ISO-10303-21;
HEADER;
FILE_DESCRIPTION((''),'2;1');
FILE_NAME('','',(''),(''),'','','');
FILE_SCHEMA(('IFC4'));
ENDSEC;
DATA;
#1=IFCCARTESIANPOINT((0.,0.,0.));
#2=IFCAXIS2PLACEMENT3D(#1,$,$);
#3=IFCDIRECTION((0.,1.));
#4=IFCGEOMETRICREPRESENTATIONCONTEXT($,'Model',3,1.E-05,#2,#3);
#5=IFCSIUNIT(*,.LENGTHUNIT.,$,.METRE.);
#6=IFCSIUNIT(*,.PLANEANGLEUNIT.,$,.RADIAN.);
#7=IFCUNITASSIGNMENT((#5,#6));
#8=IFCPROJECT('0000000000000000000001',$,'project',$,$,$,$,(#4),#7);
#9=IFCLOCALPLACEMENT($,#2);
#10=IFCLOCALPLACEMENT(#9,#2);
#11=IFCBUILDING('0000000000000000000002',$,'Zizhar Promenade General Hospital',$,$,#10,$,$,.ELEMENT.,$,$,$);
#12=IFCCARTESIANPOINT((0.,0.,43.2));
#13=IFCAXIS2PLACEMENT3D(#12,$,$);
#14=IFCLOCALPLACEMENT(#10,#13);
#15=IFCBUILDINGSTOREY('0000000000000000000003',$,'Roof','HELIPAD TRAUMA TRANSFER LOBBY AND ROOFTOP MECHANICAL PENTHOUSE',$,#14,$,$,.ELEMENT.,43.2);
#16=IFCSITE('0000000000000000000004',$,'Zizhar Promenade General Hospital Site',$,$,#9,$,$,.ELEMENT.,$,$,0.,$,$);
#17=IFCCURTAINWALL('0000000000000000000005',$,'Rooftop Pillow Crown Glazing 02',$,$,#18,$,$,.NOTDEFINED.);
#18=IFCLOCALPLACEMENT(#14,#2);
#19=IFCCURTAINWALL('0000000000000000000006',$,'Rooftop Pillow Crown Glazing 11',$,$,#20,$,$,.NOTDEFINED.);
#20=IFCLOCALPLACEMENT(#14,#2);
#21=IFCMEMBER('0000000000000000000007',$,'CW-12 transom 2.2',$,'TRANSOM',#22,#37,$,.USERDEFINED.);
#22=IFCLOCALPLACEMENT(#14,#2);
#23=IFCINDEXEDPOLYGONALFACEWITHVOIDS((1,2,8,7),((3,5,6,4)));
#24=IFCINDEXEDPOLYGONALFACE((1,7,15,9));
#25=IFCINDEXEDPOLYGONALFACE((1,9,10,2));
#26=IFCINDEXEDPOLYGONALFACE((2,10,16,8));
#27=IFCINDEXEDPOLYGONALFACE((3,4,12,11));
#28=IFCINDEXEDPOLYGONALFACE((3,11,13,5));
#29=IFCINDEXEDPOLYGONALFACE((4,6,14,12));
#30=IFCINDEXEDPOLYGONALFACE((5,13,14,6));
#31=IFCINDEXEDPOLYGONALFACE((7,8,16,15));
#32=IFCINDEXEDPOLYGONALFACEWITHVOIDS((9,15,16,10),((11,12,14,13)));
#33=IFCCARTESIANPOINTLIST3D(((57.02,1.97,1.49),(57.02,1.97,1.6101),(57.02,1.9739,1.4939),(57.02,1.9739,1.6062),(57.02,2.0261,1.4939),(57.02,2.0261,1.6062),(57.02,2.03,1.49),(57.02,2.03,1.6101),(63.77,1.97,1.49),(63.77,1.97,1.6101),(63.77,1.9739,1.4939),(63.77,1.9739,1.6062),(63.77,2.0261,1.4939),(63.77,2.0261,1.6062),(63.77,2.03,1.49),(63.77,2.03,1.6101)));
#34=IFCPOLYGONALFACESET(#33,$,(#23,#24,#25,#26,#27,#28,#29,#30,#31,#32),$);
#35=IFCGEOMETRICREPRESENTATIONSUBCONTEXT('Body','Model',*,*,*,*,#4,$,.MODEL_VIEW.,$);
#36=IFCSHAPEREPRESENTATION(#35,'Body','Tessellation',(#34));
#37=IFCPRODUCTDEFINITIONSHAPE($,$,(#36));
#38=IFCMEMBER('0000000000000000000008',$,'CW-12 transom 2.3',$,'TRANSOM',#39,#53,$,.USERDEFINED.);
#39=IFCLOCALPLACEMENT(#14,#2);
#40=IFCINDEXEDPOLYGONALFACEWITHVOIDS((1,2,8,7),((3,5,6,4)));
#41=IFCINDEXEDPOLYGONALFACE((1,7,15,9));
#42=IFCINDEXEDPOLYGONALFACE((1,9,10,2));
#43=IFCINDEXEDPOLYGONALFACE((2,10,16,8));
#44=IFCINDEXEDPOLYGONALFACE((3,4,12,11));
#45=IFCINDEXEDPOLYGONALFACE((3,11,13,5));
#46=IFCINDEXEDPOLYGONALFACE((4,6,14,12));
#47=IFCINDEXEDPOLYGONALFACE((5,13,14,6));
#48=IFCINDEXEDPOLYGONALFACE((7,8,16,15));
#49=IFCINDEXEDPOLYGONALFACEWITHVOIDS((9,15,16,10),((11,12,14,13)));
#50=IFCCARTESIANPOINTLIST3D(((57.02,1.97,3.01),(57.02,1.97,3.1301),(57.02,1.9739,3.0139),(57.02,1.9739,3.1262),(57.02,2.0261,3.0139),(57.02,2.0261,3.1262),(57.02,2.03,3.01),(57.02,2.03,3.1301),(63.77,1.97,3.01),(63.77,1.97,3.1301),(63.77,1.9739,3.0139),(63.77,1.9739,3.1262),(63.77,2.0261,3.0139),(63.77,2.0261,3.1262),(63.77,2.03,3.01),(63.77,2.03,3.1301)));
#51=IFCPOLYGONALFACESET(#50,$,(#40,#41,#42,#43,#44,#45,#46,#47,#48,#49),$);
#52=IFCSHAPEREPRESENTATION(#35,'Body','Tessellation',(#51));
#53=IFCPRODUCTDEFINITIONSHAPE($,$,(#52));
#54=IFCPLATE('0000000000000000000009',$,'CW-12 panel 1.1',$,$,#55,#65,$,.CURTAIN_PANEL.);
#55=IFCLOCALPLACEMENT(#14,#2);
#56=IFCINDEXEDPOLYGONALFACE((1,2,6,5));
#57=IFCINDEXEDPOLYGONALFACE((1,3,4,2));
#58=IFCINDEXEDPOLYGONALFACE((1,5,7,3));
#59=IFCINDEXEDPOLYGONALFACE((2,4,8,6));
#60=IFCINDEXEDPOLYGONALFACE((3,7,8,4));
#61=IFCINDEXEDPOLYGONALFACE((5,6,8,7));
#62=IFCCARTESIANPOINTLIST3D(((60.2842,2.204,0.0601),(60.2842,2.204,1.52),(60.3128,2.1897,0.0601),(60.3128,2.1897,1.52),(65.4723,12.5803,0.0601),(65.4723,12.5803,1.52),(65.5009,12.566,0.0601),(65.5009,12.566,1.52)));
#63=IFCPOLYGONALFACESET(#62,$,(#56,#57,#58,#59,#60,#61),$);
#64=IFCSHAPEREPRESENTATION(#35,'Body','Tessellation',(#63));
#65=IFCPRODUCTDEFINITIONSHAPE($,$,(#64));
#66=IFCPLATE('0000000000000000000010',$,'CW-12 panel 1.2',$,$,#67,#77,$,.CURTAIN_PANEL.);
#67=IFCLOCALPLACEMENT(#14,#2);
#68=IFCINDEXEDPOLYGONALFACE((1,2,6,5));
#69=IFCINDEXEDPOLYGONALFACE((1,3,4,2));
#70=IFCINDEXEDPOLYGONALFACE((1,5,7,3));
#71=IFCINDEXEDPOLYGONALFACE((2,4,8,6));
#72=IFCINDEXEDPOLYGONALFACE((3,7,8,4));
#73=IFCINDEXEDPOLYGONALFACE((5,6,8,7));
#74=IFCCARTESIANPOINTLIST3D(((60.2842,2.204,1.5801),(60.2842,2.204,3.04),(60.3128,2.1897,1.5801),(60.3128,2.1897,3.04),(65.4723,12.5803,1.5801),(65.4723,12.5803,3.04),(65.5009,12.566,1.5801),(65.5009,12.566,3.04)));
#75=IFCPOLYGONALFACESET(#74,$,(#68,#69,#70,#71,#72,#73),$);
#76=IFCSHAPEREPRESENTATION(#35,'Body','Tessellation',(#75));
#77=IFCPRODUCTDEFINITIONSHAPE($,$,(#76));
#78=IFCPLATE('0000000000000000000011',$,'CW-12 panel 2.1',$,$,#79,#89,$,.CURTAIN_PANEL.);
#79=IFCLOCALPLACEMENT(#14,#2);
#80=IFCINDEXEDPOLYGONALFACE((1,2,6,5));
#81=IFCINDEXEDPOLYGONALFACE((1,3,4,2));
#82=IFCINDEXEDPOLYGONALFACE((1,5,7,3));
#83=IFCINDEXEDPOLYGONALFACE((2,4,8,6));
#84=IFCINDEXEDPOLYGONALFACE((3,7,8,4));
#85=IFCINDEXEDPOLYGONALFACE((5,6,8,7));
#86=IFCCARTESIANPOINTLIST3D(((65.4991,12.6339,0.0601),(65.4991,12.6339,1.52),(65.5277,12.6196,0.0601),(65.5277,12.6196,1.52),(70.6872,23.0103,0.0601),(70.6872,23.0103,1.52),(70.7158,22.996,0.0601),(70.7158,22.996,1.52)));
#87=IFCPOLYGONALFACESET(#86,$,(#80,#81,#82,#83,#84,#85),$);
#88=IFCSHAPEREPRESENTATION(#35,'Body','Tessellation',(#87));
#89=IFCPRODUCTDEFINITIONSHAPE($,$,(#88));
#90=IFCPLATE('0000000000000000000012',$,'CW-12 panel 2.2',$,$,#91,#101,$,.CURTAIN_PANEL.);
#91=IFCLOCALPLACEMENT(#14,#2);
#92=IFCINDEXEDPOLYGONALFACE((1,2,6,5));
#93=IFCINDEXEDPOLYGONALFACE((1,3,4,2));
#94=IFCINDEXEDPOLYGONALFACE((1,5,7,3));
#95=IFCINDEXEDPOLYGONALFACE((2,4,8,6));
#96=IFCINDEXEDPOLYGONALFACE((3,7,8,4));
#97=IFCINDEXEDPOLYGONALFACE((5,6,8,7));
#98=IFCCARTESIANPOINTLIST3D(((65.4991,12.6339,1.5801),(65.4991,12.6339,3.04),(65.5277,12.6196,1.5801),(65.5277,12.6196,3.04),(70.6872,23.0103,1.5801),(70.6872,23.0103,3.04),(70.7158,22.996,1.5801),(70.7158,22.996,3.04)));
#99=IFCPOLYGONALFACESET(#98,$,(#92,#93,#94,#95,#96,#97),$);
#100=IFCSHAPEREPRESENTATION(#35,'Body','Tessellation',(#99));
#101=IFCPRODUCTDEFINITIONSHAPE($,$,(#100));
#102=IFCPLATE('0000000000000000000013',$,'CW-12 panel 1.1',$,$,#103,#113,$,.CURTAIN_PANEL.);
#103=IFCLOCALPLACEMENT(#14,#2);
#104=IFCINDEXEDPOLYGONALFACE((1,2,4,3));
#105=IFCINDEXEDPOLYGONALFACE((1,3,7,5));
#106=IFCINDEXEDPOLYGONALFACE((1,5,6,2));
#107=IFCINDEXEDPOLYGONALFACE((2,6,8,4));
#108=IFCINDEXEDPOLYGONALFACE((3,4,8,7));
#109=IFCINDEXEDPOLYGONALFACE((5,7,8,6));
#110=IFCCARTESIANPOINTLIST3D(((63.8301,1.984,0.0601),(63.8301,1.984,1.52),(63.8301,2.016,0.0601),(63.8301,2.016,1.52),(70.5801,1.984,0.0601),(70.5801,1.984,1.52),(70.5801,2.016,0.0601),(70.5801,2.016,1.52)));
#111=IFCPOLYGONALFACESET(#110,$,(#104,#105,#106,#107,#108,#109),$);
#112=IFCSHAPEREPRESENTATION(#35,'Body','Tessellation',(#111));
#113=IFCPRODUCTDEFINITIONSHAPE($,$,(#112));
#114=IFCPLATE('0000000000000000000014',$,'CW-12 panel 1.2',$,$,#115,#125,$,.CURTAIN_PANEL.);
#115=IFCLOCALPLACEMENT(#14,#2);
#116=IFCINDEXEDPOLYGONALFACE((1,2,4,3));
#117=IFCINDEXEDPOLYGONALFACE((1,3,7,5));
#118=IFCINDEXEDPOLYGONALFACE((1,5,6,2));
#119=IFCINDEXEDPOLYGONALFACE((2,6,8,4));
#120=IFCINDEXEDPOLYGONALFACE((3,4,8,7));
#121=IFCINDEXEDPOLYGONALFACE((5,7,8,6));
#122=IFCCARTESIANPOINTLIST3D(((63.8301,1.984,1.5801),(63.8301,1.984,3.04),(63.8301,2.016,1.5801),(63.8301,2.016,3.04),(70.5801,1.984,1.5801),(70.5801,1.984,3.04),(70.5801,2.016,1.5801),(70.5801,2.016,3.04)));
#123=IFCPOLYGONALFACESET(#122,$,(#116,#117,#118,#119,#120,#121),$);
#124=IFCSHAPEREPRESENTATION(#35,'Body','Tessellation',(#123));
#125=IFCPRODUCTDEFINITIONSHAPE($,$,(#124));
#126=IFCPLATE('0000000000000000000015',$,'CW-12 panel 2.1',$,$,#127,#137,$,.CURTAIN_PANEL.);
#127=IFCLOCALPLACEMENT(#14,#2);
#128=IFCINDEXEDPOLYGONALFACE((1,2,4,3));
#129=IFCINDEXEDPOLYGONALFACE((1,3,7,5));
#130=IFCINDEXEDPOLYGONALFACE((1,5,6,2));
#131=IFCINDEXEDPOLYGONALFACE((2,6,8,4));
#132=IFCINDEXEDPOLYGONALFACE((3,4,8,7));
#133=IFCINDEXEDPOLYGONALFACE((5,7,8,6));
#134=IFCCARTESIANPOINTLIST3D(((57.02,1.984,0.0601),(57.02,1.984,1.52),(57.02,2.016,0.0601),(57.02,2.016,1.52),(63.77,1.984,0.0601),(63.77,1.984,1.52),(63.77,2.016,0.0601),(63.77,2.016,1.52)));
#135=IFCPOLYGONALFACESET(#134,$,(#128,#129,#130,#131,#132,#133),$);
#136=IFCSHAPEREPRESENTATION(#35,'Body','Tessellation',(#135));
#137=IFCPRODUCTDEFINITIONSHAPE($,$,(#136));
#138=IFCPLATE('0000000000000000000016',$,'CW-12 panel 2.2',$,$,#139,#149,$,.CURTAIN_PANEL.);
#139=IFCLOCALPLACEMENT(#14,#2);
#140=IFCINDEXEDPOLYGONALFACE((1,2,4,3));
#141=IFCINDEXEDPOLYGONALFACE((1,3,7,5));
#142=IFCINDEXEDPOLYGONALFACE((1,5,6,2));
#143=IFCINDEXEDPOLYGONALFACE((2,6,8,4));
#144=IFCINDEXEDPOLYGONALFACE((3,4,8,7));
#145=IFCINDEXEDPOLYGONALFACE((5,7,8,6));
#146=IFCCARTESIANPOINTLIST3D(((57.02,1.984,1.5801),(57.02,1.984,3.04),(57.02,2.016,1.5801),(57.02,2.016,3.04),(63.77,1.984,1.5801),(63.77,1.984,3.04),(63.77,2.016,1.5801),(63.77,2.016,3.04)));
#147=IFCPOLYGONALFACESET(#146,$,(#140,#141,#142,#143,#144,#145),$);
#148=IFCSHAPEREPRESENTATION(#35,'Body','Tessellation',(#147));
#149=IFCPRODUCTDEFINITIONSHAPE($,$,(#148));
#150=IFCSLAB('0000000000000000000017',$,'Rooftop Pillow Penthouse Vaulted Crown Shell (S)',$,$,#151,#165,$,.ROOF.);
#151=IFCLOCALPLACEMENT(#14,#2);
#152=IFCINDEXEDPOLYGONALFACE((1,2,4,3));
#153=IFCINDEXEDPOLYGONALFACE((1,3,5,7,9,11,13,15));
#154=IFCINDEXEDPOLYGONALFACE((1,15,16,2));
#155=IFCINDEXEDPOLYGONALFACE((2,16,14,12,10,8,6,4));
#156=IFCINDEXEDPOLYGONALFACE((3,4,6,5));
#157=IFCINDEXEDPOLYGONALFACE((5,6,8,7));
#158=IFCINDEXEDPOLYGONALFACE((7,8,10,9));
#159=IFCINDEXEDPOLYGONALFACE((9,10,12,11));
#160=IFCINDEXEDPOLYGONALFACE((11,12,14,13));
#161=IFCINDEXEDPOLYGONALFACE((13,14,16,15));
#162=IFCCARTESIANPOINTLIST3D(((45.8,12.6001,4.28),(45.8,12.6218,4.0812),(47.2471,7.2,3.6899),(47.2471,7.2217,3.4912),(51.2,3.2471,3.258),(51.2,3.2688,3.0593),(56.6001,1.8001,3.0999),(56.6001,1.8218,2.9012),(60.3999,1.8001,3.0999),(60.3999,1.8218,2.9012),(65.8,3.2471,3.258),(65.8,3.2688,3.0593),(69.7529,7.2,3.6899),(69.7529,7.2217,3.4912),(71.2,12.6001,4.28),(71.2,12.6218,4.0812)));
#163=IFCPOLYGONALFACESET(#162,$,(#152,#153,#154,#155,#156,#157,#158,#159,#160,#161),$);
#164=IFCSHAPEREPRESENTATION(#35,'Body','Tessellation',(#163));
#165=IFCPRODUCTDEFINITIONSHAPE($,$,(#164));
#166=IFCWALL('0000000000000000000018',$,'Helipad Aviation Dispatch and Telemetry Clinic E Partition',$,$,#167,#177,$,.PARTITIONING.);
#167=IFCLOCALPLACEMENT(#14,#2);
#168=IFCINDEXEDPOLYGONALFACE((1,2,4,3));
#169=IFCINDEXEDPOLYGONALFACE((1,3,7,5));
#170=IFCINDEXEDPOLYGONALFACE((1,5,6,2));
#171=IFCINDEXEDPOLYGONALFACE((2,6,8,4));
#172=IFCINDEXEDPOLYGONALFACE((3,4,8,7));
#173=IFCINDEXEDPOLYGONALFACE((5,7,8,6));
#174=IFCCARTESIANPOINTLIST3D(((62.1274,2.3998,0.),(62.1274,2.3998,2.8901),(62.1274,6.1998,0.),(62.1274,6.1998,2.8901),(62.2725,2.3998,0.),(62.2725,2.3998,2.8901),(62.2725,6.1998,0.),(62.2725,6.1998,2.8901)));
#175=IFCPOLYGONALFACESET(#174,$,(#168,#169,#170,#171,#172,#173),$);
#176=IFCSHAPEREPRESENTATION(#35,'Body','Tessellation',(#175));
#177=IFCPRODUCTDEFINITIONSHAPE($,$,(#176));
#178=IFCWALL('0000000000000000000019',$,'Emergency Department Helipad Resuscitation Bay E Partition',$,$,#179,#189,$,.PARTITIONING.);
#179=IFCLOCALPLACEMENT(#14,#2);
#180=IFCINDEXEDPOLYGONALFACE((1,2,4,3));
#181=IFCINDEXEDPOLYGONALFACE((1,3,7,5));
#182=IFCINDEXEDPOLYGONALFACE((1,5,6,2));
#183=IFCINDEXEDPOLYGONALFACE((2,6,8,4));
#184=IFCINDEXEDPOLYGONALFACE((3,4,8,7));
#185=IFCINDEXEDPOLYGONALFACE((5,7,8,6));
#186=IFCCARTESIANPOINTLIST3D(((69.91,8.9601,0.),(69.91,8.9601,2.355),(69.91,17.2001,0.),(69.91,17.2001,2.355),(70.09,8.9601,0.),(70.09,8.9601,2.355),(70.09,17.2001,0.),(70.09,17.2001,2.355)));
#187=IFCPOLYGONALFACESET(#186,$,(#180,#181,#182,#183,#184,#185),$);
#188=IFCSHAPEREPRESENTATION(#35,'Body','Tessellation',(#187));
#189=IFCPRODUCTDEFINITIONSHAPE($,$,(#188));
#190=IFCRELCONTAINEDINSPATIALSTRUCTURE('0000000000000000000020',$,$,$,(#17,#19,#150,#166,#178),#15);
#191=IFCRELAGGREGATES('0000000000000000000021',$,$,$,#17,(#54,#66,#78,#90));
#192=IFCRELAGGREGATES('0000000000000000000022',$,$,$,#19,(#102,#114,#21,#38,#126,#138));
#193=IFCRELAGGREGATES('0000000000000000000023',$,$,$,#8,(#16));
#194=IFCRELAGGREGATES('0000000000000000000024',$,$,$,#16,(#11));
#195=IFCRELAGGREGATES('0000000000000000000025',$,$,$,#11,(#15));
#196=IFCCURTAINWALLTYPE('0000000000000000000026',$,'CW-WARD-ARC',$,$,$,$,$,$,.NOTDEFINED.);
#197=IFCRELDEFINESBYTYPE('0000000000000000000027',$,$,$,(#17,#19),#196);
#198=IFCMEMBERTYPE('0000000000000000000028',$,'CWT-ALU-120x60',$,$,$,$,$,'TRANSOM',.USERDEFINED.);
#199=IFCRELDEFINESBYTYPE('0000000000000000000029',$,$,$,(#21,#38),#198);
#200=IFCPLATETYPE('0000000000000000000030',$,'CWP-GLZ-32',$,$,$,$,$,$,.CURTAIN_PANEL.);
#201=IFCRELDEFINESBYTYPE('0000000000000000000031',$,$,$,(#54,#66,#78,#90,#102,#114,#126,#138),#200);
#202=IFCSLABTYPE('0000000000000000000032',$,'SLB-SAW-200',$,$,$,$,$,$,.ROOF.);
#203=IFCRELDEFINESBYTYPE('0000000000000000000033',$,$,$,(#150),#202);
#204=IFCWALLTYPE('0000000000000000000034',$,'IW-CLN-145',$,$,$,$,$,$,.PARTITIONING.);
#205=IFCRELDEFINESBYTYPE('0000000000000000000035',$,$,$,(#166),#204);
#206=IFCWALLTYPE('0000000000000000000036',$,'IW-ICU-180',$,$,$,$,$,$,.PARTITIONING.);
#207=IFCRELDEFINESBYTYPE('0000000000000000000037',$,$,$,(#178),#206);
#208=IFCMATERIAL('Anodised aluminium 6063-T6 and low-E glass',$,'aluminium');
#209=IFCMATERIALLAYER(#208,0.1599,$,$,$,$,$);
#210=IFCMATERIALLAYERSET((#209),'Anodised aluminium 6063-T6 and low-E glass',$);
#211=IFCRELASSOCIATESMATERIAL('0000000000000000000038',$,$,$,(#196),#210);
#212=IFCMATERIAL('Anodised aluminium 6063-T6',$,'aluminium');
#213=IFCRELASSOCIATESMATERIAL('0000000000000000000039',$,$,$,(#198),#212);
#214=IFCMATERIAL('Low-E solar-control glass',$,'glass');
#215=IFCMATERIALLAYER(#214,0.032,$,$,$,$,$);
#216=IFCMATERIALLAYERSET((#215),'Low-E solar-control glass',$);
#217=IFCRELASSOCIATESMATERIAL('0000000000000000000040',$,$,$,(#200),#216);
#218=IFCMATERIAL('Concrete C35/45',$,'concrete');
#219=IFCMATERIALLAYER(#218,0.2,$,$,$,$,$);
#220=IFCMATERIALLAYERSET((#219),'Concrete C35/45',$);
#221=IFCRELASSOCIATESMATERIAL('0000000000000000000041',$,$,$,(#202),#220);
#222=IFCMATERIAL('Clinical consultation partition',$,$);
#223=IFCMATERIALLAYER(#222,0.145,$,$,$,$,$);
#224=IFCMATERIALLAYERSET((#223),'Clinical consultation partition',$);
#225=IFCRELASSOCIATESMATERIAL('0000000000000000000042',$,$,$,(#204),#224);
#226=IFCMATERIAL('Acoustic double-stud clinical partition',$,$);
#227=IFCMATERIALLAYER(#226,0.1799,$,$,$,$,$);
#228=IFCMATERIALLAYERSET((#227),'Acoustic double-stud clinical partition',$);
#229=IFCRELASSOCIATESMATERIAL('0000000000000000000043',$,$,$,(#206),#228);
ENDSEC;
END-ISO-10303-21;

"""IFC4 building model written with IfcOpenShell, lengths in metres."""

from ifc_helpers import new_model, si_unit, direction, frame, frame_2d, origin, origin_2d, place, context, subcontext, project, spatial, polyline, rectangle, hollow_rectangle, outline, extrude, material, layer, layer_set, material_profile, profile_set, type_object, element, aggregate, save


model = new_model("IFC4")

# Units and contexts
model_context = context("Model", 3, precision=1e-05, world=origin(), true_north=direction((0.0, 1.0)))
body_context = subcontext(model_context, "Body", "Model", "MODEL_VIEW")
ifc_project = project(units=[si_unit("LENGTHUNIT", "METRE"), si_unit("PLANEANGLEUNIT", "RADIAN")], contexts=[model_context])

# Site, building, storey
site_placement = place(None, origin())
site = spatial("IfcSite", under=ifc_project, at=site_placement, Name="Zizhar Promenade General Hospital Site", CompositionType="ELEMENT", RefElevation=0.0)
building_placement = place(site_placement, origin())
building = spatial("IfcBuilding", under=site, at=building_placement, Name="Zizhar Promenade General Hospital", CompositionType="ELEMENT")
storey_placement = place(building_placement, frame((0.0, 0.0, 43.2)))
storey = spatial("IfcBuildingStorey", under=building, at=storey_placement, Name="Roof", Description="HELIPAD TRAUMA TRANSFER LOBBY AND ROOFTOP MECHANICAL PENTHOUSE", CompositionType="ELEMENT", Elevation=43.2)

# Curtain walls
ifc_material_1 = material(Name="Anodised aluminium 6063-T6 and low-E glass", Category="aluminium")
ifc_layer_1 = layer(ifc_material_1, 0.1599)
ifc_layer_set_1 = layer_set([ifc_layer_1], Name="Anodised aluminium 6063-T6 and low-E glass")
curtain_wall_type = type_object("IfcCurtainWallType", Name="CW-WARD-ARC", PredefinedType="NOTDEFINED", material=ifc_layer_set_1)
curtain_wall_1_placement = place(storey_placement, origin())
curtain_wall_1 = element("IfcCurtainWall", 1, at=curtain_wall_1_placement, inside=storey, type_object=curtain_wall_type, Name="Rooftop Pillow Crown Glazing 02", PredefinedType="NOTDEFINED")
curtain_wall_2_placement = place(storey_placement, origin())
curtain_wall_2 = element("IfcCurtainWall", 2, at=curtain_wall_2_placement, inside=storey, type_object=curtain_wall_type, Name="Rooftop Pillow Crown Glazing 11", PredefinedType="NOTDEFINED")

# Members
ifc_material_2 = material(Name="Anodised aluminium 6063-T6", Category="aluminium")
ifc_material_profile_1 = material_profile(ifc_material_2, hollow_rectangle(XDim=0.0601, YDim=0.1201, WallThickness=0.0039, at=origin_2d()))
ifc_profile_set_1 = profile_set([ifc_material_profile_1], Name="Anodised aluminium 6063-T6")
member_type_1 = type_object("IfcMemberType", Name="CWT-ALU-120x60", ElementType="TRANSOM", PredefinedType="USERDEFINED", material=ifc_profile_set_1)
member_1_placement = place(storey_placement, frame((63.77, 2.0, 1.55), z_axis=(-1.0, 0.0, 0.0), x_axis=(0.0, -1.0, 0.0)))
member_1 = element("IfcMember", 3, at=member_1_placement, type_object=member_type_1, Name="CW-12 transom 2.2", ObjectType="TRANSOM", PredefinedType="USERDEFINED", context=body_context, shape_type="SweptSolid", body=[
    extrude(hollow_rectangle(XDim=0.0601, YDim=0.1201, WallThickness=0.0039, at=origin_2d()), origin(), (0.0, 0.0, 1.0), 6.75),
])
member_2_placement = place(storey_placement, frame((63.77, 2.0, 3.0701), z_axis=(-1.0, 0.0, 0.0), x_axis=(0.0, -1.0, 0.0)))
member_2 = element("IfcMember", 4, at=member_2_placement, type_object=member_type_1, Name="CW-12 transom 2.3", ObjectType="TRANSOM", PredefinedType="USERDEFINED", context=body_context, shape_type="SweptSolid", body=[
    extrude(hollow_rectangle(XDim=0.0601, YDim=0.1201, WallThickness=0.0039, at=origin_2d()), origin(), (0.0, 0.0, 1.0), 6.75),
])

# Plates
ifc_material_3 = material(Name="Low-E solar-control glass", Category="glass")
ifc_layer_2 = layer(ifc_material_3, 0.032)
ifc_layer_set_2 = layer_set([ifc_layer_2], Name="Low-E solar-control glass")
plate_type = type_object("IfcPlateType", Name="CWP-GLZ-32", PredefinedType="CURTAIN_PANEL", material=ifc_layer_set_2)
plate_1_placement = place(storey_placement, frame((62.8926, 7.385, 0.0601), z_axis=(0.0, 0.0, 1.0), x_axis=(0.44721, 0.894429, 0.0)))
plate_1 = element("IfcPlate", 5, at=plate_1_placement, type_object=plate_type, Name="CW-12 panel 1.1", PredefinedType="CURTAIN_PANEL", context=body_context, shape_type="SweptSolid", body=[
    extrude(rectangle(XDim=11.6011, YDim=0.032, at=origin_2d()), origin(), (0.0, 0.0, 1.0), 1.46),
])
plate_2_placement = place(storey_placement, frame((62.8926, 7.385, 1.5801), z_axis=(0.0, 0.0, 1.0), x_axis=(0.44721, 0.894429, 0.0)))
plate_2 = element("IfcPlate", 6, at=plate_2_placement, type_object=plate_type, Name="CW-12 panel 1.2", PredefinedType="CURTAIN_PANEL", context=body_context, shape_type="SweptSolid", body=[
    extrude(rectangle(XDim=11.6011, YDim=0.032, at=origin_2d()), origin(), (0.0, 0.0, 1.0), 1.46),
])
plate_3_placement = place(storey_placement, frame((68.1074, 17.8149, 0.0601), z_axis=(0.0, 0.0, 1.0), x_axis=(0.44721, 0.894429, 0.0)))
plate_3 = element("IfcPlate", 7, at=plate_3_placement, type_object=plate_type, Name="CW-12 panel 2.1", PredefinedType="CURTAIN_PANEL", context=body_context, shape_type="SweptSolid", body=[
    extrude(rectangle(XDim=11.6011, YDim=0.032, at=origin_2d()), origin(), (0.0, 0.0, 1.0), 1.46),
])
plate_4_placement = place(storey_placement, frame((68.1074, 17.8149, 1.5801), z_axis=(0.0, 0.0, 1.0), x_axis=(0.44721, 0.894429, 0.0)))
plate_4 = element("IfcPlate", 8, at=plate_4_placement, type_object=plate_type, Name="CW-12 panel 2.2", PredefinedType="CURTAIN_PANEL", context=body_context, shape_type="SweptSolid", body=[
    extrude(rectangle(XDim=11.6011, YDim=0.032, at=origin_2d()), origin(), (0.0, 0.0, 1.0), 1.46),
])
aggregate(curtain_wall_1, [plate_1, plate_2, plate_3, plate_4])
plate_5_placement = place(storey_placement, frame((67.2051, 2.0, 0.0601), z_axis=(0.0, 0.0, 1.0), x_axis=(-1.0, 0.0, 0.0)))
plate_5 = element("IfcPlate", 9, at=plate_5_placement, type_object=plate_type, Name="CW-12 panel 1.1", PredefinedType="CURTAIN_PANEL", context=body_context, shape_type="SweptSolid", body=[
    extrude(rectangle(XDim=6.75, YDim=0.032, at=origin_2d()), origin(), (0.0, 0.0, 1.0), 1.46),
])
plate_6_placement = place(storey_placement, frame((67.2051, 2.0, 1.5801), z_axis=(0.0, 0.0, 1.0), x_axis=(-1.0, 0.0, 0.0)))
plate_6 = element("IfcPlate", 10, at=plate_6_placement, type_object=plate_type, Name="CW-12 panel 1.2", PredefinedType="CURTAIN_PANEL", context=body_context, shape_type="SweptSolid", body=[
    extrude(rectangle(XDim=6.75, YDim=0.032, at=origin_2d()), origin(), (0.0, 0.0, 1.0), 1.46),
])
plate_7_placement = place(storey_placement, frame((60.395, 2.0, 0.0601), z_axis=(0.0, 0.0, 1.0), x_axis=(-1.0, 0.0, 0.0)))
plate_7 = element("IfcPlate", 11, at=plate_7_placement, type_object=plate_type, Name="CW-12 panel 2.1", PredefinedType="CURTAIN_PANEL", context=body_context, shape_type="SweptSolid", body=[
    extrude(rectangle(XDim=6.75, YDim=0.032, at=origin_2d()), origin(), (0.0, 0.0, 1.0), 1.46),
])
plate_8_placement = place(storey_placement, frame((60.395, 2.0, 1.5801), z_axis=(0.0, 0.0, 1.0), x_axis=(-1.0, 0.0, 0.0)))
plate_8 = element("IfcPlate", 12, at=plate_8_placement, type_object=plate_type, Name="CW-12 panel 2.2", PredefinedType="CURTAIN_PANEL", context=body_context, shape_type="SweptSolid", body=[
    extrude(rectangle(XDim=6.75, YDim=0.032, at=origin_2d()), origin(), (0.0, 0.0, 1.0), 1.46),
])
aggregate(curtain_wall_2, [plate_5, plate_6, member_1, member_2, plate_7, plate_8])

# Slab
ifc_material_4 = material(Name="Concrete C35/45", Category="concrete")
ifc_layer_3 = layer(ifc_material_4, 0.2)
ifc_layer_set_3 = layer_set([ifc_layer_3], Name="Concrete C35/45")
slab_type = type_object("IfcSlabType", Name="SLB-SAW-200", PredefinedType="ROOF", material=ifc_layer_set_3)
slab_placement = place(storey_placement, frame((69.7529, 7.2, 3.6899), z_axis=(0.0, -0.108614, 0.994084), x_axis=(-0.705006, -0.705006, -0.07703)))
element("IfcSlab", 13, at=slab_placement, inside=storey, type_object=slab_type, Name="Rooftop Pillow Penthouse Vaulted Crown Shell (S)", PredefinedType="ROOF", context=body_context, shape_type="SweptSolid", body=[
    extrude(outline(polyline([(0.0, 0.0), (5.6069, 0.0), (10.4463, -2.8036), (13.1252, -5.4984), (15.9, -10.3544), (15.8668, -15.9612), (13.0343, -20.8172), (-4.8727, -2.8036), (0.0, 0.0)])), origin(), (0.0, 0.0, -1.0), 0.2),
])

# Walls
ifc_material_5 = material(Name="Clinical consultation partition")
ifc_layer_4 = layer(ifc_material_5, 0.145)
ifc_layer_set_4 = layer_set([ifc_layer_4], Name="Clinical consultation partition")
wall_type_1 = type_object("IfcWallType", Name="IW-CLN-145", PredefinedType="PARTITIONING", material=ifc_layer_set_4)
wall_1_placement = place(storey_placement, frame((62.2, 2.3999, 0.0), z_axis=(0.0, 0.0, 1.0), x_axis=(0.0, 1.0, 0.0)))
element("IfcWall", 14, at=wall_1_placement, inside=storey, type_object=wall_type_1, Name="Helipad Aviation Dispatch and Telemetry Clinic E Partition", PredefinedType="PARTITIONING", context=body_context, shape_type="SweptSolid", body=[
    extrude(rectangle(XDim=3.8, YDim=0.145, at=frame_2d((1.8999, 0.0))), origin(), (0.0, 0.0, 1.0), 2.8901),
])
ifc_material_6 = material(Name="Acoustic double-stud clinical partition")
ifc_layer_5 = layer(ifc_material_6, 0.1799)
ifc_layer_set_5 = layer_set([ifc_layer_5], Name="Acoustic double-stud clinical partition")
wall_type_2 = type_object("IfcWallType", Name="IW-ICU-180", PredefinedType="PARTITIONING", material=ifc_layer_set_5)
wall_2_placement = place(storey_placement, frame((70.0, 8.96, 0.0), z_axis=(0.0, 0.0, 1.0), x_axis=(0.0, 1.0, 0.0)))
element("IfcWall", 15, at=wall_2_placement, inside=storey, type_object=wall_type_2, Name="Emergency Department Helipad Resuscitation Bay E Partition", PredefinedType="PARTITIONING", context=body_context, shape_type="SweptSolid", body=[
    extrude(rectangle(XDim=8.24, YDim=0.1799, at=frame_2d((4.1201, 0.0))), origin(), (0.0, 0.0, 1.0), 2.355),
])

save(model, "model.ifc")
